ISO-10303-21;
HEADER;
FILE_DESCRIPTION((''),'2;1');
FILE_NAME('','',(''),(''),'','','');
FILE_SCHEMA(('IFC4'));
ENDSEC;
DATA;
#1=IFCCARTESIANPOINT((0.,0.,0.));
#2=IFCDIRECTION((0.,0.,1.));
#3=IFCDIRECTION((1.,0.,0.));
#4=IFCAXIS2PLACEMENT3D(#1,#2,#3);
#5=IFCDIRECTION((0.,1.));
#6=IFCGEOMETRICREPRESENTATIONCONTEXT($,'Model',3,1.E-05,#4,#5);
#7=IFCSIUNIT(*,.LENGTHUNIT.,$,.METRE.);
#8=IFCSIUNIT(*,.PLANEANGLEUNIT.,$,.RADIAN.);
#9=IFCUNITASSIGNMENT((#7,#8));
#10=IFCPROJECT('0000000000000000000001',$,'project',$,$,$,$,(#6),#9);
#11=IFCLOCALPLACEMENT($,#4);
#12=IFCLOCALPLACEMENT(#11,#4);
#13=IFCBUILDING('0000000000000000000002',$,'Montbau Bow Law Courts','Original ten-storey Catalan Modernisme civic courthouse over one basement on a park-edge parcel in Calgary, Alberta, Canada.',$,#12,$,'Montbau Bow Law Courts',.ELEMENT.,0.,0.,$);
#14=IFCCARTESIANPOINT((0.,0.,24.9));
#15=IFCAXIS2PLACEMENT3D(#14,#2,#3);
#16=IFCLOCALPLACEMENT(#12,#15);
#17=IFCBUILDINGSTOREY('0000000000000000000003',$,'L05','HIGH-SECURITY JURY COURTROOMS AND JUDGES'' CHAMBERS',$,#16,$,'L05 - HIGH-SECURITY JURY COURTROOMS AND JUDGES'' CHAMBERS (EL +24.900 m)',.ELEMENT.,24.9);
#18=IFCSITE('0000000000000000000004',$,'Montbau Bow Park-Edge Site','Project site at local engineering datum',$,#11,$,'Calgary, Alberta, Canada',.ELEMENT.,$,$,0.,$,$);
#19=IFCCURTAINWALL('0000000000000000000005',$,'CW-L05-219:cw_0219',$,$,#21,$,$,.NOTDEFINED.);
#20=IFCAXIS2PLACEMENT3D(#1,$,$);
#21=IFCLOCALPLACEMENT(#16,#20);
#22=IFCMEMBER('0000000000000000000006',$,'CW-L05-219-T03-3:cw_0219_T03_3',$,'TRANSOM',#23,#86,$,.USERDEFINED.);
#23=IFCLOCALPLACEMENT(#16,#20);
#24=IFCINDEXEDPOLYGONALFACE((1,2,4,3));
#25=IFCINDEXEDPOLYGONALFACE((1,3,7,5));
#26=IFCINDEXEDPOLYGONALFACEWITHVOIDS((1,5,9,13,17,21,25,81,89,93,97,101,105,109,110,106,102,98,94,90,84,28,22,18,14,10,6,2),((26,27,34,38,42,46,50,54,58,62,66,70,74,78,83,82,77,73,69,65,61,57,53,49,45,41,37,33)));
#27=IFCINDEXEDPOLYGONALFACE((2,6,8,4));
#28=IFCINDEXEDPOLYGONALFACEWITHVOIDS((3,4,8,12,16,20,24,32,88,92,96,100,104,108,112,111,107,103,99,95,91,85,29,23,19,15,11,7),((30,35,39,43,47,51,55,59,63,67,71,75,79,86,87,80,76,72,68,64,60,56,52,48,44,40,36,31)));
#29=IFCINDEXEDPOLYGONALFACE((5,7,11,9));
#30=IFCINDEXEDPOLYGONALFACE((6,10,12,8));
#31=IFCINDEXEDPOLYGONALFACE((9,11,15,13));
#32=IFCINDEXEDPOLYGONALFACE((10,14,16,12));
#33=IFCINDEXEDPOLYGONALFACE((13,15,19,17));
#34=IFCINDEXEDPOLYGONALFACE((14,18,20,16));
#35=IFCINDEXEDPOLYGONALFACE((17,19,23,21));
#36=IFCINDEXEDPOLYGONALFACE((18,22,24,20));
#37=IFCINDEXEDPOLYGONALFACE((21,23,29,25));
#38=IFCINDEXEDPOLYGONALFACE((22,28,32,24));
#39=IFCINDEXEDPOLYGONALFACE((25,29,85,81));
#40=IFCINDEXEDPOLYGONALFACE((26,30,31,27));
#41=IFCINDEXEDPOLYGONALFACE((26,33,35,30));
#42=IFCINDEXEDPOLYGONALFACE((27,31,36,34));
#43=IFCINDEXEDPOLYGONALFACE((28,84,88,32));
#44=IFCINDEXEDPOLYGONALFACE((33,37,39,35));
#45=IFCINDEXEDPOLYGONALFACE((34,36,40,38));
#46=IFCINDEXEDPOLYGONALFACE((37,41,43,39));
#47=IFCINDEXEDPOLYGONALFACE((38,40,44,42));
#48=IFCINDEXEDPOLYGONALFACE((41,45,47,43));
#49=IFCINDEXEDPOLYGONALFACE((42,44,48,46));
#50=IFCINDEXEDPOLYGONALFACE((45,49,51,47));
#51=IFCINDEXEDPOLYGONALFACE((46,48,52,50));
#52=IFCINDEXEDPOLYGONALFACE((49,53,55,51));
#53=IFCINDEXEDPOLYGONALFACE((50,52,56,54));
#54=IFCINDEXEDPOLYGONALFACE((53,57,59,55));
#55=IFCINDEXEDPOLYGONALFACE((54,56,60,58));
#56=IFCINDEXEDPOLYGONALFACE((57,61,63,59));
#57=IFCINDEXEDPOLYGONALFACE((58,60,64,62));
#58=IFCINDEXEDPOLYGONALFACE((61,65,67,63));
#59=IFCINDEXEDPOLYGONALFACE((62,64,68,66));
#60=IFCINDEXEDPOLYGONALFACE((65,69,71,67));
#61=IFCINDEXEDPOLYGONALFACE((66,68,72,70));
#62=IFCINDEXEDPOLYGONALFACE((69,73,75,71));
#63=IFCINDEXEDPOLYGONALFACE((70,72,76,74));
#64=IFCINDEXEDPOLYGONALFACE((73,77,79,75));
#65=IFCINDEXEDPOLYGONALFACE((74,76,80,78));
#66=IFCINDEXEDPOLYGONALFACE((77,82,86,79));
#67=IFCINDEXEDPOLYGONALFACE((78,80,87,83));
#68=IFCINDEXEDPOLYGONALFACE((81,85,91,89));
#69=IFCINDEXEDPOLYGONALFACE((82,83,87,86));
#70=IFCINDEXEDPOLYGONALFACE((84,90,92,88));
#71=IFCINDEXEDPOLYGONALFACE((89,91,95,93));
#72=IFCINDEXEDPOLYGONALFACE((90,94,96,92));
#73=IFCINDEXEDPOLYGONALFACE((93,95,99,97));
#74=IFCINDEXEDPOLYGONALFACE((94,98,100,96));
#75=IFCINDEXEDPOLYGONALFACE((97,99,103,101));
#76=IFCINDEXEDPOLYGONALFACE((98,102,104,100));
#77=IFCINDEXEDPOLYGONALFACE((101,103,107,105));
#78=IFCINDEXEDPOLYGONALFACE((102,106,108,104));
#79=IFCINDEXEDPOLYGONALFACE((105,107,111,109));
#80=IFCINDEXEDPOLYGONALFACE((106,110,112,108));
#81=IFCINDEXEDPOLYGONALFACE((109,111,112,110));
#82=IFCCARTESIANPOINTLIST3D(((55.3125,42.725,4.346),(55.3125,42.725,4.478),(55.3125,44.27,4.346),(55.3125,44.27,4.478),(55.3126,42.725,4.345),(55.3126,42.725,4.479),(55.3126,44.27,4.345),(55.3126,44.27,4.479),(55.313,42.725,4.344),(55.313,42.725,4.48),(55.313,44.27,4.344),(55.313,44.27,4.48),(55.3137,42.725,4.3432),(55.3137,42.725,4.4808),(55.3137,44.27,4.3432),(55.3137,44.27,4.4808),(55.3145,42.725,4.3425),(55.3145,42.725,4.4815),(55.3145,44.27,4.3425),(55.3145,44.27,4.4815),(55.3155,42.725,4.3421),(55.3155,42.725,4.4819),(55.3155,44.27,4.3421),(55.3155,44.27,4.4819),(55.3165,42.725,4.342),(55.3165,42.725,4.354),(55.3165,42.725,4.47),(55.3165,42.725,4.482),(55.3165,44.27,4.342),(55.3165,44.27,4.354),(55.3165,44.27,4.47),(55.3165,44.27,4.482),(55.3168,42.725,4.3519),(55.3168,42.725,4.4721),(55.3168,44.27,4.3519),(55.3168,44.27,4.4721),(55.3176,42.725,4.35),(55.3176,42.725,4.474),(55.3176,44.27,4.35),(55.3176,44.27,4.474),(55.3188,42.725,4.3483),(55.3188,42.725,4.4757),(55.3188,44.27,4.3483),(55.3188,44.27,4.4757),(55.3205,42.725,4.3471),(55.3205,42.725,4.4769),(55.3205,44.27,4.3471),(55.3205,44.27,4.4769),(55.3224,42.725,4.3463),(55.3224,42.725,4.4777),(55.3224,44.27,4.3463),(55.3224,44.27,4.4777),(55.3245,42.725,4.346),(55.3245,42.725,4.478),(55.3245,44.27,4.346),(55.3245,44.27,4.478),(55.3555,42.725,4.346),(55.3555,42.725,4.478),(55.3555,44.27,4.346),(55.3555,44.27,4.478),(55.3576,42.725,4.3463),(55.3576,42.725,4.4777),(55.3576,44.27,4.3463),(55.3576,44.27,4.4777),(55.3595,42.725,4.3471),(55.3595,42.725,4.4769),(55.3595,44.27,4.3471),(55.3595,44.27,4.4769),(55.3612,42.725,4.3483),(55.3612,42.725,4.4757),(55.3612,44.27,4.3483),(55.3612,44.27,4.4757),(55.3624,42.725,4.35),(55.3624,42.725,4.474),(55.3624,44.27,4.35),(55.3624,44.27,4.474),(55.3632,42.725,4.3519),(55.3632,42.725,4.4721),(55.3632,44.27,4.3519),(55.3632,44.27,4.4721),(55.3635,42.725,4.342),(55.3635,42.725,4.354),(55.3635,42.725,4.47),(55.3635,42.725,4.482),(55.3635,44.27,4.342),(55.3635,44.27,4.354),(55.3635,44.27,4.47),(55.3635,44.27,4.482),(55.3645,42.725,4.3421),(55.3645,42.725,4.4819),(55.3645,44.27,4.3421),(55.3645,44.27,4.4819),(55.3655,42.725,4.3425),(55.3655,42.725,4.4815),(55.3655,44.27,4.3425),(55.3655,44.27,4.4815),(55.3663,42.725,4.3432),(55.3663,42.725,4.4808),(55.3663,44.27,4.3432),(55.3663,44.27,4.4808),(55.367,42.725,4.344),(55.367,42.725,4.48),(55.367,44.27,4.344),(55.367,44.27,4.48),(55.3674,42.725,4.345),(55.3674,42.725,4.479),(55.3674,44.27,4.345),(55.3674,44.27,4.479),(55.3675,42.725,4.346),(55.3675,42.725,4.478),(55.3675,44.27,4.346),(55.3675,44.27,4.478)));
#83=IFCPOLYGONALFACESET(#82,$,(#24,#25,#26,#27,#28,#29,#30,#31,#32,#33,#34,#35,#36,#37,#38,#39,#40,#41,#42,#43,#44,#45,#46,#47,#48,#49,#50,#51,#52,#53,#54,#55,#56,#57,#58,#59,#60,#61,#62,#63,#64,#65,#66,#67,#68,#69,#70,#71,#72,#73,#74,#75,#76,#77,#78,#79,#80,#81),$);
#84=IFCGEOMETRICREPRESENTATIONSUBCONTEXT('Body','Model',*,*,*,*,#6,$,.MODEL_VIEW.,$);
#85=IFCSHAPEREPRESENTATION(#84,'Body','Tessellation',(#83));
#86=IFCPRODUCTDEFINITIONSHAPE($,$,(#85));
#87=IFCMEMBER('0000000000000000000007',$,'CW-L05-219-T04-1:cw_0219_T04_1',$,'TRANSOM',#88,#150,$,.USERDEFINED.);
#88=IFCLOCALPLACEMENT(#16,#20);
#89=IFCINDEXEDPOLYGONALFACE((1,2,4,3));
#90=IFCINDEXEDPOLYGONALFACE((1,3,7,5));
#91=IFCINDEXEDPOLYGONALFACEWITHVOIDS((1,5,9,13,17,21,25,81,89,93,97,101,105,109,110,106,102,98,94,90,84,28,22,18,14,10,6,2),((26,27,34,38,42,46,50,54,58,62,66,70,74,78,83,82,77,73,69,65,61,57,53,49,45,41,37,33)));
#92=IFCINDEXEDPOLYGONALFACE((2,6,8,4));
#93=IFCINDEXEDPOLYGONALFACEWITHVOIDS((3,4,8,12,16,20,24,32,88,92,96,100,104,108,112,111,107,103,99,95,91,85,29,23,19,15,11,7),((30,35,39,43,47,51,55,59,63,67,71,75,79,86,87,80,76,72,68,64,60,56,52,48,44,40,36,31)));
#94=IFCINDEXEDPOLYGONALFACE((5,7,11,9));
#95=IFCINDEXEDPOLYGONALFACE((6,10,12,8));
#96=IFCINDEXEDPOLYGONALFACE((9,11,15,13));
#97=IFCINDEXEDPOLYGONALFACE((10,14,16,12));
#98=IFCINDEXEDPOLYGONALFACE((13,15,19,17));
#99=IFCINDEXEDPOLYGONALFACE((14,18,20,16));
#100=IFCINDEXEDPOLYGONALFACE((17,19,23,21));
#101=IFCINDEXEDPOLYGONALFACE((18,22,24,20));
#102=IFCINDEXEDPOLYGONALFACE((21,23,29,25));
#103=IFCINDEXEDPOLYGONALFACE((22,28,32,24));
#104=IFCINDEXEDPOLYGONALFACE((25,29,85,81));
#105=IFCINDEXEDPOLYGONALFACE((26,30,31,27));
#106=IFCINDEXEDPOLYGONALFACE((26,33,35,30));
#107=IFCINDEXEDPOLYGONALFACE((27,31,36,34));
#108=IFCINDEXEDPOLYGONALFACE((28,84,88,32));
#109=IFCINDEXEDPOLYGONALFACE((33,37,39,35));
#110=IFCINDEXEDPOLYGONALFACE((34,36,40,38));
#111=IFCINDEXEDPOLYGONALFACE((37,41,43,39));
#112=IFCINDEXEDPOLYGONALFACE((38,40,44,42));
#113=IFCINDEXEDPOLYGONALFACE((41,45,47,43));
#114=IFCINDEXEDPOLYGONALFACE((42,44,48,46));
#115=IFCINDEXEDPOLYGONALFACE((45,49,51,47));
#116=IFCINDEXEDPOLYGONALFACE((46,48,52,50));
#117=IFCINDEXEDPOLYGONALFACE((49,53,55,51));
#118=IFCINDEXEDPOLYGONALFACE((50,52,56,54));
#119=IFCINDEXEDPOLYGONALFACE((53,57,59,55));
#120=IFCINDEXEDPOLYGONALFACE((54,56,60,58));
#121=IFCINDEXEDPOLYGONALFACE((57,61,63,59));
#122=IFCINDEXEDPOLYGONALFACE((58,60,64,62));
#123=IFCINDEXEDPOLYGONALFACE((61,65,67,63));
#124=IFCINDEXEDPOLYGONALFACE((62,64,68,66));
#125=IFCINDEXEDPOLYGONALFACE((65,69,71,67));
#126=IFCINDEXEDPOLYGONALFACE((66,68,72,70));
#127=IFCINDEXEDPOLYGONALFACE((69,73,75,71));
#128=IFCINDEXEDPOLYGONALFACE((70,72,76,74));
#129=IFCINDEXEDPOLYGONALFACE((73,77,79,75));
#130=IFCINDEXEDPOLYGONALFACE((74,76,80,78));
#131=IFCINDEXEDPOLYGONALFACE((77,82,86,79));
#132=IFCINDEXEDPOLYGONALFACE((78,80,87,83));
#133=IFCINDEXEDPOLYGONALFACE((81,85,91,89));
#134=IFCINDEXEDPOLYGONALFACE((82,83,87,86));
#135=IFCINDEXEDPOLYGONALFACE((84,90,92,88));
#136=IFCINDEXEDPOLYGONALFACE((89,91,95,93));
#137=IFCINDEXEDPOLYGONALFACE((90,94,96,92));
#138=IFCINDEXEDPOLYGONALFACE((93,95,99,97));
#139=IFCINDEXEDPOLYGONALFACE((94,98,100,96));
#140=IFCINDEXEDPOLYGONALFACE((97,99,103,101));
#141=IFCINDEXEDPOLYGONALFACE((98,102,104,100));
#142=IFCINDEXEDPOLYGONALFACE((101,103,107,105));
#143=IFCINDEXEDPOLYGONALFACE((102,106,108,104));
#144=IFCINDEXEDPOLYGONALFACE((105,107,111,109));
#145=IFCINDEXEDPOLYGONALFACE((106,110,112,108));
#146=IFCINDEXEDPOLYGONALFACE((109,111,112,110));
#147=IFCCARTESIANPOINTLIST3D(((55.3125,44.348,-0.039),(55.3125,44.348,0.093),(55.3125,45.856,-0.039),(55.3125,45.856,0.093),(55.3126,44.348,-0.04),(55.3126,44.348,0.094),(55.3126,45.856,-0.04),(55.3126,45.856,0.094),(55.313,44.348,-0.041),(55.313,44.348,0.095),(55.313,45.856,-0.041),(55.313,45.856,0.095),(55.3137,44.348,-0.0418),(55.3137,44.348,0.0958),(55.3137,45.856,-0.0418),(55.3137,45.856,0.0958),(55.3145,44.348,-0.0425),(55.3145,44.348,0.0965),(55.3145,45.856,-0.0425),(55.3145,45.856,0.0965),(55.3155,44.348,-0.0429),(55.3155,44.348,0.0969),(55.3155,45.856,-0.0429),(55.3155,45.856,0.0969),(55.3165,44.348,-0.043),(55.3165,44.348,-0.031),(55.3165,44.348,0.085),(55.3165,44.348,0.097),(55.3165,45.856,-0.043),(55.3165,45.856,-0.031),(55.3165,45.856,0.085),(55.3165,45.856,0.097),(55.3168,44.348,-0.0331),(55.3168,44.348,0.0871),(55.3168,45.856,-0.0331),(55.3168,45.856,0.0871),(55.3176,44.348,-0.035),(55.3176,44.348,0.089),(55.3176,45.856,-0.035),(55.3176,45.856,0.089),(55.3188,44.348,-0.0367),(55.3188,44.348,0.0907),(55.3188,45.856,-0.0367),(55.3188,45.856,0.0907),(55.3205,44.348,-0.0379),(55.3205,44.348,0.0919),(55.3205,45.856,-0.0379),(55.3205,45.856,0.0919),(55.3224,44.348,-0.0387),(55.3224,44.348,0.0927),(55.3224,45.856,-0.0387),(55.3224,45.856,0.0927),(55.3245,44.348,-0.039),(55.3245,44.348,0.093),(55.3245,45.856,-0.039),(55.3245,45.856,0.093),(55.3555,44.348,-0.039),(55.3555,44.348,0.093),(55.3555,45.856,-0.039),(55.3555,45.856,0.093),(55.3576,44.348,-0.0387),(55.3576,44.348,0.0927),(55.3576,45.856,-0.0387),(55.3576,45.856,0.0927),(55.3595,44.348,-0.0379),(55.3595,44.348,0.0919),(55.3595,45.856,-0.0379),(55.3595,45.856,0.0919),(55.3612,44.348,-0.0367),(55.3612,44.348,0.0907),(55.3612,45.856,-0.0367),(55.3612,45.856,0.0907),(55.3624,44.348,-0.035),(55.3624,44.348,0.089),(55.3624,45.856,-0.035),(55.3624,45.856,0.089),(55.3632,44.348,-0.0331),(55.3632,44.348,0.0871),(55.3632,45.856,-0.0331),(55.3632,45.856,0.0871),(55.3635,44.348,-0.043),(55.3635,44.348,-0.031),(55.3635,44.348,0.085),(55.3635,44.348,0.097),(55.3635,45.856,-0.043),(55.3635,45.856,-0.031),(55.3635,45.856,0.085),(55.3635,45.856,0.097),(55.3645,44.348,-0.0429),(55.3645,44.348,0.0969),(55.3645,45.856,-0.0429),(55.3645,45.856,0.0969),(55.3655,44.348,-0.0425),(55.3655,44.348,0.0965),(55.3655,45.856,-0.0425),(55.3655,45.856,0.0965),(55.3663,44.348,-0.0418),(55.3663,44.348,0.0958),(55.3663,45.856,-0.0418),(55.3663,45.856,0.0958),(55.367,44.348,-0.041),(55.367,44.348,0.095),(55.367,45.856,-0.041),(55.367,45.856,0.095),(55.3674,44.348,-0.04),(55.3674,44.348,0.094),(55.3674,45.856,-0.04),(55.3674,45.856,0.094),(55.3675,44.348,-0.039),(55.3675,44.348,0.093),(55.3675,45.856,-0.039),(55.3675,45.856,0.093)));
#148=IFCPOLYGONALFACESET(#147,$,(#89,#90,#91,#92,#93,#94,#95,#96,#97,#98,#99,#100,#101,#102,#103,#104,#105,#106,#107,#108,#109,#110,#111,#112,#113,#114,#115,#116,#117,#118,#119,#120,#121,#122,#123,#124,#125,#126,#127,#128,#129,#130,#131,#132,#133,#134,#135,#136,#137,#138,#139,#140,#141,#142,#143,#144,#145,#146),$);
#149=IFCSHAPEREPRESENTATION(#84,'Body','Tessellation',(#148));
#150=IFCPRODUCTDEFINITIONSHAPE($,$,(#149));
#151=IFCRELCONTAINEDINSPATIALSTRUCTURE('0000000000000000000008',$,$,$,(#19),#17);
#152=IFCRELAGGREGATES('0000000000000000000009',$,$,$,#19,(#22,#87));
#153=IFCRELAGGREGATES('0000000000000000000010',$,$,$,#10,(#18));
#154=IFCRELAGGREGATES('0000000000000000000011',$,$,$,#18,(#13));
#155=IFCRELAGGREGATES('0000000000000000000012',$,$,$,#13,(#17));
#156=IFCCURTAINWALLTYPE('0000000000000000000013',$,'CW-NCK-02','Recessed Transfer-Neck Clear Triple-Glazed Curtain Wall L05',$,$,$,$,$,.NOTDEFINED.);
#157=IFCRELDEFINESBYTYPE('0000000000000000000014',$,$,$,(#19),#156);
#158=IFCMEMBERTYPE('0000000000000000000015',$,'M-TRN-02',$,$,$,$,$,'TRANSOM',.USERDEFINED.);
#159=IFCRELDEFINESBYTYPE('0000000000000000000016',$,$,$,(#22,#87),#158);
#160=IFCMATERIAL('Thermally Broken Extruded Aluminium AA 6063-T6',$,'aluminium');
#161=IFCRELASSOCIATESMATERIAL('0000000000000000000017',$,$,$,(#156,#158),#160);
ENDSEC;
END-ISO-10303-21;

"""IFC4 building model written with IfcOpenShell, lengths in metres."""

from ifc_helpers import new_model, si_unit, direction, frame, origin_with_axes, origin_2d_with_axis, place, context, subcontext, project, spatial, hollow_rectangle, extrude, material, material_profile, profile_set, type_object, element, aggregate, save


model = new_model("IFC4")

# Units and contexts
model_context = context("Model", 3, precision=1e-05, world=origin_with_axes(), true_north=direction((0.0, 1.0)))
body_context = subcontext(model_context, "Body", "Model", "MODEL_VIEW")
ifc_project = project(units=[si_unit("LENGTHUNIT", "METRE"), si_unit("PLANEANGLEUNIT", "RADIAN")], contexts=[model_context])

# Site, building, storey
site_placement = place(None, origin_with_axes())
site = spatial("IfcSite", under=ifc_project, at=site_placement, Name="Montbau Bow Park-Edge Site", Description="Project site at local engineering datum", LongName="Calgary, Alberta, Canada", CompositionType="ELEMENT", RefElevation=0.0)
building_placement = place(site_placement, origin_with_axes())
building = spatial("IfcBuilding", under=site, at=building_placement, Name="Montbau Bow Law Courts", Description="Original ten-storey Catalan Modernisme civic courthouse over one basement on a park-edge parcel in Calgary, Alberta, Canada.", LongName="Montbau Bow Law Courts", CompositionType="ELEMENT", ElevationOfRefHeight=0.0, ElevationOfTerrain=0.0)
storey_placement = place(building_placement, frame((0.0, 0.0, 24.9), z_axis=(0.0, 0.0, 1.0), x_axis=(1.0, 0.0, 0.0)))
storey = spatial("IfcBuildingStorey", under=building, at=storey_placement, Name="L05", Description="HIGH-SECURITY JURY COURTROOMS AND JUDGES' CHAMBERS", LongName="L05 - HIGH-SECURITY JURY COURTROOMS AND JUDGES' CHAMBERS (EL +24.900 m)", CompositionType="ELEMENT", Elevation=24.9)

# Curtain wall
ifc_material_1 = material(Name="Thermally Broken Extruded Aluminium AA 6063-T6", Category="aluminium")
curtain_wall_type = type_object("IfcCurtainWallType", Name="CW-NCK-02", Description="Recessed Transfer-Neck Clear Triple-Glazed Curtain Wall L05", PredefinedType="NOTDEFINED", material=ifc_material_1)
curtain_wall_1_placement = place(None, frame((55.34, 39.44, 24.9), z_axis=(0.0, 0.0, 1.0), x_axis=(1.0, 0.0, 0.0)))
curtain_wall_1 = element("IfcCurtainWall", 1, at=curtain_wall_1_placement, inside=storey, type_object=curtain_wall_type, Name="CW-L05-219:cw_0219", PredefinedType="NOTDEFINED")

# Members
ifc_material_profile_1 = material_profile(ifc_material_1, hollow_rectangle(XDim=0.055, YDim=0.14, WallThickness=0.004, InnerFilletRadius=0.008, OuterFilletRadius=0.004, at=origin_2d_with_axis()), Name="CWT-140X55", Category="Main", Priority=0)
ifc_profile_set_1 = profile_set([ifc_material_profile_1], Name="Thermally Broken Extruded Aluminium AA 6063-T6")
member_type_1 = type_object("IfcMemberType", Name="M-TRN-02", ElementType="TRANSOM", PredefinedType="USERDEFINED", material=ifc_profile_set_1)
member_1_placement = place(None, frame((55.34, 42.725, 29.312), z_axis=(0.0, 1.0, 0.0), x_axis=(-1.0, 0.0, 0.0)))
member_1 = element("IfcMember", 2, at=member_1_placement, type_object=member_type_1, Name="CW-L05-219-T03-3:cw_0219_T03_3", ObjectType="TRANSOM", PredefinedType="USERDEFINED", context=body_context, shape_type="SweptSolid", body=[
    extrude(hollow_rectangle(XDim=0.055, YDim=0.14, WallThickness=0.004, InnerFilletRadius=0.008, OuterFilletRadius=0.004, at=origin_2d_with_axis()), origin_with_axes(), (0.0, 0.0, 1.0), 1.545),
])
member_2_placement = place(None, frame((55.34, 44.348, 24.927), z_axis=(0.0, 1.0, 0.0), x_axis=(-1.0, 0.0, 0.0)))
member_2 = element("IfcMember", 3, at=member_2_placement, type_object=member_type_1, Name="CW-L05-219-T04-1:cw_0219_T04_1", ObjectType="TRANSOM", PredefinedType="USERDEFINED", context=body_context, shape_type="SweptSolid", body=[
    extrude(hollow_rectangle(XDim=0.055, YDim=0.14, WallThickness=0.004, InnerFilletRadius=0.008, OuterFilletRadius=0.004, at=origin_2d_with_axis()), origin_with_axes(), (0.0, 0.0, 1.0), 1.508),
])

aggregate(curtain_wall_1, [member_1, member_2])

save(model, "model.ifc")
